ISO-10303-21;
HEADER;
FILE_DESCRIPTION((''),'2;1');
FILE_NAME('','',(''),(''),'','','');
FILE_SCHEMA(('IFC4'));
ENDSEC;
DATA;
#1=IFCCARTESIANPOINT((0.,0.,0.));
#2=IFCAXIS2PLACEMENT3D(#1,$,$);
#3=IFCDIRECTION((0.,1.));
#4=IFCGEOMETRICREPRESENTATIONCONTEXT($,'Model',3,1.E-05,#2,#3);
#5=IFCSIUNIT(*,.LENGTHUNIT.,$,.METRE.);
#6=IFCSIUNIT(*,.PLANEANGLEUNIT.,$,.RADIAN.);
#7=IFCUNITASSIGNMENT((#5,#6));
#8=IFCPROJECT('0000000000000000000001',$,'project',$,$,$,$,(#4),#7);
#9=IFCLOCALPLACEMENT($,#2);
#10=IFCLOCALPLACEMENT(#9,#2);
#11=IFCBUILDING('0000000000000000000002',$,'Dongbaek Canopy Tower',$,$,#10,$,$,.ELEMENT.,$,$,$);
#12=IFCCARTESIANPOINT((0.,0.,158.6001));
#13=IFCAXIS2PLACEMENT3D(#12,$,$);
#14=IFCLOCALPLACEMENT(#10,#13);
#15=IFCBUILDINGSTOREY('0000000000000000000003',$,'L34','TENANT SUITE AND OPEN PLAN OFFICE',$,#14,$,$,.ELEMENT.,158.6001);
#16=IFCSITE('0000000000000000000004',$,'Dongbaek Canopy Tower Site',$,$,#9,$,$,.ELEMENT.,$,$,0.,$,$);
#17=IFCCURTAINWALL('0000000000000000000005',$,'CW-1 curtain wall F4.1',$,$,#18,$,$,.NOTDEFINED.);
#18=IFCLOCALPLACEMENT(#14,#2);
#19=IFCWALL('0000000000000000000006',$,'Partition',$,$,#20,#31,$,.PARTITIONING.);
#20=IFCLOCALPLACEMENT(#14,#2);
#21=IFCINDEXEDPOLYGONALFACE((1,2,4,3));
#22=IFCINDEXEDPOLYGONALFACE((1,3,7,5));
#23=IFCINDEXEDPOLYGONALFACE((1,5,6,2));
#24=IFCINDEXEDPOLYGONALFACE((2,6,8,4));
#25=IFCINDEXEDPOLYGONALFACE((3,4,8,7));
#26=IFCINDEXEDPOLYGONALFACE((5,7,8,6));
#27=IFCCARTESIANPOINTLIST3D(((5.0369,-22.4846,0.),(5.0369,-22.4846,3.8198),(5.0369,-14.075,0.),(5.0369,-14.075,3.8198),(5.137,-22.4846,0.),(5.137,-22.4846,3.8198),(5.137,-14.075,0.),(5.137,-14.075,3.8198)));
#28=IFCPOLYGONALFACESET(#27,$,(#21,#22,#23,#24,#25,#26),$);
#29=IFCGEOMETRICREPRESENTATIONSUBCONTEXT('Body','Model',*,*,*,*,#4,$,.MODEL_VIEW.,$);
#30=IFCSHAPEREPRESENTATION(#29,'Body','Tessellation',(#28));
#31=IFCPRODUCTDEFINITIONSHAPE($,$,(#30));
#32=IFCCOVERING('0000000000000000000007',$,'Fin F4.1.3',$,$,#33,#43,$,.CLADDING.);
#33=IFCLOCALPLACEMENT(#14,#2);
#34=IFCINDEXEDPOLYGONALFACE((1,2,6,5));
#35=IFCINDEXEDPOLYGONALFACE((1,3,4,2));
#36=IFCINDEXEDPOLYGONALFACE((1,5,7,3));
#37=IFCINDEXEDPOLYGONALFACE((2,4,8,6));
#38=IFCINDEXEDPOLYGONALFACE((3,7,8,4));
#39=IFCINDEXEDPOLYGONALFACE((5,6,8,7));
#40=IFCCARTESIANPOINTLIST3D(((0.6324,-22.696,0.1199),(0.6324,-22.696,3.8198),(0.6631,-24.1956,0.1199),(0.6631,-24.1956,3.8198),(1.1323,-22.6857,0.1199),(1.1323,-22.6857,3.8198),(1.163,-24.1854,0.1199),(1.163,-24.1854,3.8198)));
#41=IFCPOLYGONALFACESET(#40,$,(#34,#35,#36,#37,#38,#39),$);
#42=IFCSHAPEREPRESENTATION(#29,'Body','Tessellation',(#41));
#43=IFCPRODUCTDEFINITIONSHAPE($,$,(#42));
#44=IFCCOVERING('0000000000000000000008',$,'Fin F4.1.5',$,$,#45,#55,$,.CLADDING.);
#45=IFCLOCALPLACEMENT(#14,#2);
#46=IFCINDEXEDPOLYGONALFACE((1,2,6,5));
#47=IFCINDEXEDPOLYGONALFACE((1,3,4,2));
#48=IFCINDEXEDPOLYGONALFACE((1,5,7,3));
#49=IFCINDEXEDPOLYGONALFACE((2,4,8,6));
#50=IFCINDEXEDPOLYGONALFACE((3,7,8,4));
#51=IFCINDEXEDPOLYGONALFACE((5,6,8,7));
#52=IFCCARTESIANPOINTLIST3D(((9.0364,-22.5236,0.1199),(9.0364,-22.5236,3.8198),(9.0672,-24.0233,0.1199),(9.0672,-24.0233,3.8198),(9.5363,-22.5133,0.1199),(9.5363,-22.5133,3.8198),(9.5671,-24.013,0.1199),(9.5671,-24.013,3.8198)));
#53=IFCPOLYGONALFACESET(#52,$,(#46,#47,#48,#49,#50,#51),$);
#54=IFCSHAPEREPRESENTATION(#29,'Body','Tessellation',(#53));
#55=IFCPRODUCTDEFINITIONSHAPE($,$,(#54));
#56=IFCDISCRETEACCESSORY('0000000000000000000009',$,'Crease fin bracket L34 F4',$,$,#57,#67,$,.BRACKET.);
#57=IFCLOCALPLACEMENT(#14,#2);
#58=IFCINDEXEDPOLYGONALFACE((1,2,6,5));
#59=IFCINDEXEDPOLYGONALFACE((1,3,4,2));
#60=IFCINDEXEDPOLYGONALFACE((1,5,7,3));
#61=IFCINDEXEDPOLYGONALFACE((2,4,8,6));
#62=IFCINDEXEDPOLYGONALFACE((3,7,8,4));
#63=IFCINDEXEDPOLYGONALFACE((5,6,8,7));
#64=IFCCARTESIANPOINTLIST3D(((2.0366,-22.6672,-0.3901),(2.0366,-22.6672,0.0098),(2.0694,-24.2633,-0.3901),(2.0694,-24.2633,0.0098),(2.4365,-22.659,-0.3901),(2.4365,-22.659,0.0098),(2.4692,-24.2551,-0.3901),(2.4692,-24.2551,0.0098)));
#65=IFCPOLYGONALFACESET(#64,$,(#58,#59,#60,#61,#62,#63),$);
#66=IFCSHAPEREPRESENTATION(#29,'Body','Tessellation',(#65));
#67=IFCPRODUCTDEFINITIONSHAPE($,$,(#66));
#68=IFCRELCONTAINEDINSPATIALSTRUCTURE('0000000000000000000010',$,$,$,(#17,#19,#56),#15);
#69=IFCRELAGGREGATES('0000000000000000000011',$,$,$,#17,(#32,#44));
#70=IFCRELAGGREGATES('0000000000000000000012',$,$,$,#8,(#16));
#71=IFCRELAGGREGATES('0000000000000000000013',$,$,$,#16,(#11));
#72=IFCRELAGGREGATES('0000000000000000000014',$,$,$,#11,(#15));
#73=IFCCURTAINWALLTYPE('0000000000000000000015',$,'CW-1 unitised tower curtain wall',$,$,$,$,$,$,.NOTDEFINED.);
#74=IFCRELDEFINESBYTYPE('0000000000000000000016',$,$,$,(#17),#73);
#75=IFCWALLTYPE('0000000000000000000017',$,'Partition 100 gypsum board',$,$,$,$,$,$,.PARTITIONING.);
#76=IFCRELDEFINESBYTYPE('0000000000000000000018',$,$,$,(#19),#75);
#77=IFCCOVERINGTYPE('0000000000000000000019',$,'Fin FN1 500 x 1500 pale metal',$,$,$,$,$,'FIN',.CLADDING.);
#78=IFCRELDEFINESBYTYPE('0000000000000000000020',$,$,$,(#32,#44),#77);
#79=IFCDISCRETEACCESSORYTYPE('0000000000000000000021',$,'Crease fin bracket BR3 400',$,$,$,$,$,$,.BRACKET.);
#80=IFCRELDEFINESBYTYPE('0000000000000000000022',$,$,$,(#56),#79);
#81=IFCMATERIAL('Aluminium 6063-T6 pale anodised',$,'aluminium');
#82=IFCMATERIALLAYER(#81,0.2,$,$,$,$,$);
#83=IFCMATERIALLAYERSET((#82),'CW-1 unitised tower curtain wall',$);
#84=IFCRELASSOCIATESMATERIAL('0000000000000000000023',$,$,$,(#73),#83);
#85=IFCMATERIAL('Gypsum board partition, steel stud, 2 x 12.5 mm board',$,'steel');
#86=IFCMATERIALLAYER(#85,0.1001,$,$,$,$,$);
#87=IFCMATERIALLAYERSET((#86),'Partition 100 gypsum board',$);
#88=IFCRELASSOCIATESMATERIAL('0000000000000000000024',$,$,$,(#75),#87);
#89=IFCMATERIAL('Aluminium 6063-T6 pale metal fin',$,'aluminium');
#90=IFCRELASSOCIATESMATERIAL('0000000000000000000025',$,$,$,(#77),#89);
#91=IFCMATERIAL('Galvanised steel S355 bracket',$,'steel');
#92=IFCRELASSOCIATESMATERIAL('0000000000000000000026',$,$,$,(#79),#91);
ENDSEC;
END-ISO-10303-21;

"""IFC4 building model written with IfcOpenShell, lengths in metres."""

from ifc_helpers import new_model, si_unit, direction, frame, frame_2d, origin, origin_2d, place, context, subcontext, project, spatial, rectangle, extrude, material, layer, layer_set, material_profile, profile_set, type_object, element, aggregate, save


model = new_model("IFC4")

# Units and contexts
model_context = context("Model", 3, precision=1e-05, world=origin(), true_north=direction((0.0, 1.0)))
body_context = subcontext(model_context, "Body", "Model", "MODEL_VIEW")
ifc_project = project(units=[si_unit("LENGTHUNIT", "METRE"), si_unit("PLANEANGLEUNIT", "RADIAN")], contexts=[model_context])

# Site, building, storey
site_placement = place(None, origin())
site = spatial("IfcSite", under=ifc_project, at=site_placement, Name="Dongbaek Canopy Tower Site", CompositionType="ELEMENT", RefElevation=0.0)
building_placement = place(site_placement, origin())
building = spatial("IfcBuilding", under=site, at=building_placement, Name="Dongbaek Canopy Tower", CompositionType="ELEMENT")
storey_placement = place(building_placement, frame((0.0, 0.0, 158.6001)))
storey = spatial("IfcBuildingStorey", under=building, at=storey_placement, Name="L34", Description="TENANT SUITE AND OPEN PLAN OFFICE", CompositionType="ELEMENT", Elevation=158.6001)

# Curtain wall
ifc_material_1 = material(Name="Aluminium 6063-T6 pale anodised", Category="aluminium")
ifc_layer_1 = layer(ifc_material_1, 0.2)
ifc_layer_set_1 = layer_set([ifc_layer_1], Name="CW-1 unitised tower curtain wall")
curtain_wall_type = type_object("IfcCurtainWallType", Name="CW-1 unitised tower curtain wall", PredefinedType="NOTDEFINED", material=ifc_layer_set_1)
curtain_wall_1_placement = place(storey_placement, origin())
curtain_wall_1 = element("IfcCurtainWall", 1, at=curtain_wall_1_placement, inside=storey, type_object=curtain_wall_type, Name="CW-1 curtain wall F4.1", PredefinedType="NOTDEFINED")

# Wall
ifc_material_2 = material(Name="Gypsum board partition, steel stud, 2 x 12.5 mm board", Category="steel")
ifc_layer_2 = layer(ifc_material_2, 0.1001)
ifc_layer_set_2 = layer_set([ifc_layer_2], Name="Partition 100 gypsum board")
wall_type = type_object("IfcWallType", Name="Partition 100 gypsum board", PredefinedType="PARTITIONING", material=ifc_layer_set_2)
wall_1_placement = place(storey_placement, frame((5.0869, -22.4846, 0.0), z_axis=(0.0, 0.0, 1.0), x_axis=(0.0, 1.0, 0.0)))
element("IfcWall", 2, at=wall_1_placement, inside=storey, type_object=wall_type, Name="Partition", PredefinedType="PARTITIONING", context=body_context, shape_type="SweptSolid", body=[
    extrude(rectangle(XDim=8.4097, YDim=0.1001, at=frame_2d((4.2048, 0.0))), origin(), (0.0, 0.0, 1.0), 3.8198),
])

# Coverings
ifc_material_3 = material(Name="Aluminium 6063-T6 pale metal fin", Category="aluminium")
ifc_material_profile_1 = material_profile(ifc_material_3, rectangle(XDim=1.5, YDim=0.5, at=origin_2d()), Name="Fin FN1 500 x 1500 pale metal")
ifc_profile_set_1 = profile_set([ifc_material_profile_1], Name="Aluminium 6063-T6 pale metal fin")
covering_type = type_object("IfcCoveringType", Name="Fin FN1 500 x 1500 pale metal", ElementType="FIN", PredefinedType="CLADDING", material=ifc_profile_set_1)
covering_1_placement = place(storey_placement, frame((0.8977, -23.4407, 0.1199), z_axis=(0.0, 0.0, 1.0), x_axis=(0.020515, -0.99979, 0.0)))
covering_1 = element("IfcCovering", 3, at=covering_1_placement, type_object=covering_type, Name="Fin F4.1.3", PredefinedType="CLADDING", context=body_context, shape_type="SweptSolid", body=[
    extrude(rectangle(XDim=1.5, YDim=0.5, at=origin_2d()), origin(), (0.0, 0.0, 1.0), 3.7),
])
covering_2_placement = place(storey_placement, frame((9.3018, -23.2683, 0.1199), z_axis=(0.0, 0.0, 1.0), x_axis=(0.020515, -0.99979, 0.0)))
covering_2 = element("IfcCovering", 4, at=covering_2_placement, type_object=covering_type, Name="Fin F4.1.5", PredefinedType="CLADDING", context=body_context, shape_type="SweptSolid", body=[
    extrude(rectangle(XDim=1.5, YDim=0.5, at=origin_2d()), origin(), (0.0, 0.0, 1.0), 3.7),
])
aggregate(curtain_wall_1, [covering_1, covering_2])

# Discrete accessory
ifc_material_4 = material(Name="Galvanised steel S355 bracket", Category="steel")
discrete_accessory_type = type_object("IfcDiscreteAccessoryType", Name="Crease fin bracket BR3 400", PredefinedType="BRACKET", material=ifc_material_4)
discrete_accessory_placement = place(storey_placement, frame((2.2529, -23.4612, -0.3901), z_axis=(0.0, 0.0, 1.0), x_axis=(0.020515, -0.99979, 0.0)))
element("IfcDiscreteAccessory", 5, at=discrete_accessory_placement, inside=storey, type_object=discrete_accessory_type, Name="Crease fin bracket L34 F4", PredefinedType="BRACKET", context=body_context, shape_type="SweptSolid", body=[
    extrude(rectangle(XDim=1.5964, YDim=0.3999, at=origin_2d()), origin(), (0.0, 0.0, 1.0), 0.3999),
])

save(model, "model.ifc")
